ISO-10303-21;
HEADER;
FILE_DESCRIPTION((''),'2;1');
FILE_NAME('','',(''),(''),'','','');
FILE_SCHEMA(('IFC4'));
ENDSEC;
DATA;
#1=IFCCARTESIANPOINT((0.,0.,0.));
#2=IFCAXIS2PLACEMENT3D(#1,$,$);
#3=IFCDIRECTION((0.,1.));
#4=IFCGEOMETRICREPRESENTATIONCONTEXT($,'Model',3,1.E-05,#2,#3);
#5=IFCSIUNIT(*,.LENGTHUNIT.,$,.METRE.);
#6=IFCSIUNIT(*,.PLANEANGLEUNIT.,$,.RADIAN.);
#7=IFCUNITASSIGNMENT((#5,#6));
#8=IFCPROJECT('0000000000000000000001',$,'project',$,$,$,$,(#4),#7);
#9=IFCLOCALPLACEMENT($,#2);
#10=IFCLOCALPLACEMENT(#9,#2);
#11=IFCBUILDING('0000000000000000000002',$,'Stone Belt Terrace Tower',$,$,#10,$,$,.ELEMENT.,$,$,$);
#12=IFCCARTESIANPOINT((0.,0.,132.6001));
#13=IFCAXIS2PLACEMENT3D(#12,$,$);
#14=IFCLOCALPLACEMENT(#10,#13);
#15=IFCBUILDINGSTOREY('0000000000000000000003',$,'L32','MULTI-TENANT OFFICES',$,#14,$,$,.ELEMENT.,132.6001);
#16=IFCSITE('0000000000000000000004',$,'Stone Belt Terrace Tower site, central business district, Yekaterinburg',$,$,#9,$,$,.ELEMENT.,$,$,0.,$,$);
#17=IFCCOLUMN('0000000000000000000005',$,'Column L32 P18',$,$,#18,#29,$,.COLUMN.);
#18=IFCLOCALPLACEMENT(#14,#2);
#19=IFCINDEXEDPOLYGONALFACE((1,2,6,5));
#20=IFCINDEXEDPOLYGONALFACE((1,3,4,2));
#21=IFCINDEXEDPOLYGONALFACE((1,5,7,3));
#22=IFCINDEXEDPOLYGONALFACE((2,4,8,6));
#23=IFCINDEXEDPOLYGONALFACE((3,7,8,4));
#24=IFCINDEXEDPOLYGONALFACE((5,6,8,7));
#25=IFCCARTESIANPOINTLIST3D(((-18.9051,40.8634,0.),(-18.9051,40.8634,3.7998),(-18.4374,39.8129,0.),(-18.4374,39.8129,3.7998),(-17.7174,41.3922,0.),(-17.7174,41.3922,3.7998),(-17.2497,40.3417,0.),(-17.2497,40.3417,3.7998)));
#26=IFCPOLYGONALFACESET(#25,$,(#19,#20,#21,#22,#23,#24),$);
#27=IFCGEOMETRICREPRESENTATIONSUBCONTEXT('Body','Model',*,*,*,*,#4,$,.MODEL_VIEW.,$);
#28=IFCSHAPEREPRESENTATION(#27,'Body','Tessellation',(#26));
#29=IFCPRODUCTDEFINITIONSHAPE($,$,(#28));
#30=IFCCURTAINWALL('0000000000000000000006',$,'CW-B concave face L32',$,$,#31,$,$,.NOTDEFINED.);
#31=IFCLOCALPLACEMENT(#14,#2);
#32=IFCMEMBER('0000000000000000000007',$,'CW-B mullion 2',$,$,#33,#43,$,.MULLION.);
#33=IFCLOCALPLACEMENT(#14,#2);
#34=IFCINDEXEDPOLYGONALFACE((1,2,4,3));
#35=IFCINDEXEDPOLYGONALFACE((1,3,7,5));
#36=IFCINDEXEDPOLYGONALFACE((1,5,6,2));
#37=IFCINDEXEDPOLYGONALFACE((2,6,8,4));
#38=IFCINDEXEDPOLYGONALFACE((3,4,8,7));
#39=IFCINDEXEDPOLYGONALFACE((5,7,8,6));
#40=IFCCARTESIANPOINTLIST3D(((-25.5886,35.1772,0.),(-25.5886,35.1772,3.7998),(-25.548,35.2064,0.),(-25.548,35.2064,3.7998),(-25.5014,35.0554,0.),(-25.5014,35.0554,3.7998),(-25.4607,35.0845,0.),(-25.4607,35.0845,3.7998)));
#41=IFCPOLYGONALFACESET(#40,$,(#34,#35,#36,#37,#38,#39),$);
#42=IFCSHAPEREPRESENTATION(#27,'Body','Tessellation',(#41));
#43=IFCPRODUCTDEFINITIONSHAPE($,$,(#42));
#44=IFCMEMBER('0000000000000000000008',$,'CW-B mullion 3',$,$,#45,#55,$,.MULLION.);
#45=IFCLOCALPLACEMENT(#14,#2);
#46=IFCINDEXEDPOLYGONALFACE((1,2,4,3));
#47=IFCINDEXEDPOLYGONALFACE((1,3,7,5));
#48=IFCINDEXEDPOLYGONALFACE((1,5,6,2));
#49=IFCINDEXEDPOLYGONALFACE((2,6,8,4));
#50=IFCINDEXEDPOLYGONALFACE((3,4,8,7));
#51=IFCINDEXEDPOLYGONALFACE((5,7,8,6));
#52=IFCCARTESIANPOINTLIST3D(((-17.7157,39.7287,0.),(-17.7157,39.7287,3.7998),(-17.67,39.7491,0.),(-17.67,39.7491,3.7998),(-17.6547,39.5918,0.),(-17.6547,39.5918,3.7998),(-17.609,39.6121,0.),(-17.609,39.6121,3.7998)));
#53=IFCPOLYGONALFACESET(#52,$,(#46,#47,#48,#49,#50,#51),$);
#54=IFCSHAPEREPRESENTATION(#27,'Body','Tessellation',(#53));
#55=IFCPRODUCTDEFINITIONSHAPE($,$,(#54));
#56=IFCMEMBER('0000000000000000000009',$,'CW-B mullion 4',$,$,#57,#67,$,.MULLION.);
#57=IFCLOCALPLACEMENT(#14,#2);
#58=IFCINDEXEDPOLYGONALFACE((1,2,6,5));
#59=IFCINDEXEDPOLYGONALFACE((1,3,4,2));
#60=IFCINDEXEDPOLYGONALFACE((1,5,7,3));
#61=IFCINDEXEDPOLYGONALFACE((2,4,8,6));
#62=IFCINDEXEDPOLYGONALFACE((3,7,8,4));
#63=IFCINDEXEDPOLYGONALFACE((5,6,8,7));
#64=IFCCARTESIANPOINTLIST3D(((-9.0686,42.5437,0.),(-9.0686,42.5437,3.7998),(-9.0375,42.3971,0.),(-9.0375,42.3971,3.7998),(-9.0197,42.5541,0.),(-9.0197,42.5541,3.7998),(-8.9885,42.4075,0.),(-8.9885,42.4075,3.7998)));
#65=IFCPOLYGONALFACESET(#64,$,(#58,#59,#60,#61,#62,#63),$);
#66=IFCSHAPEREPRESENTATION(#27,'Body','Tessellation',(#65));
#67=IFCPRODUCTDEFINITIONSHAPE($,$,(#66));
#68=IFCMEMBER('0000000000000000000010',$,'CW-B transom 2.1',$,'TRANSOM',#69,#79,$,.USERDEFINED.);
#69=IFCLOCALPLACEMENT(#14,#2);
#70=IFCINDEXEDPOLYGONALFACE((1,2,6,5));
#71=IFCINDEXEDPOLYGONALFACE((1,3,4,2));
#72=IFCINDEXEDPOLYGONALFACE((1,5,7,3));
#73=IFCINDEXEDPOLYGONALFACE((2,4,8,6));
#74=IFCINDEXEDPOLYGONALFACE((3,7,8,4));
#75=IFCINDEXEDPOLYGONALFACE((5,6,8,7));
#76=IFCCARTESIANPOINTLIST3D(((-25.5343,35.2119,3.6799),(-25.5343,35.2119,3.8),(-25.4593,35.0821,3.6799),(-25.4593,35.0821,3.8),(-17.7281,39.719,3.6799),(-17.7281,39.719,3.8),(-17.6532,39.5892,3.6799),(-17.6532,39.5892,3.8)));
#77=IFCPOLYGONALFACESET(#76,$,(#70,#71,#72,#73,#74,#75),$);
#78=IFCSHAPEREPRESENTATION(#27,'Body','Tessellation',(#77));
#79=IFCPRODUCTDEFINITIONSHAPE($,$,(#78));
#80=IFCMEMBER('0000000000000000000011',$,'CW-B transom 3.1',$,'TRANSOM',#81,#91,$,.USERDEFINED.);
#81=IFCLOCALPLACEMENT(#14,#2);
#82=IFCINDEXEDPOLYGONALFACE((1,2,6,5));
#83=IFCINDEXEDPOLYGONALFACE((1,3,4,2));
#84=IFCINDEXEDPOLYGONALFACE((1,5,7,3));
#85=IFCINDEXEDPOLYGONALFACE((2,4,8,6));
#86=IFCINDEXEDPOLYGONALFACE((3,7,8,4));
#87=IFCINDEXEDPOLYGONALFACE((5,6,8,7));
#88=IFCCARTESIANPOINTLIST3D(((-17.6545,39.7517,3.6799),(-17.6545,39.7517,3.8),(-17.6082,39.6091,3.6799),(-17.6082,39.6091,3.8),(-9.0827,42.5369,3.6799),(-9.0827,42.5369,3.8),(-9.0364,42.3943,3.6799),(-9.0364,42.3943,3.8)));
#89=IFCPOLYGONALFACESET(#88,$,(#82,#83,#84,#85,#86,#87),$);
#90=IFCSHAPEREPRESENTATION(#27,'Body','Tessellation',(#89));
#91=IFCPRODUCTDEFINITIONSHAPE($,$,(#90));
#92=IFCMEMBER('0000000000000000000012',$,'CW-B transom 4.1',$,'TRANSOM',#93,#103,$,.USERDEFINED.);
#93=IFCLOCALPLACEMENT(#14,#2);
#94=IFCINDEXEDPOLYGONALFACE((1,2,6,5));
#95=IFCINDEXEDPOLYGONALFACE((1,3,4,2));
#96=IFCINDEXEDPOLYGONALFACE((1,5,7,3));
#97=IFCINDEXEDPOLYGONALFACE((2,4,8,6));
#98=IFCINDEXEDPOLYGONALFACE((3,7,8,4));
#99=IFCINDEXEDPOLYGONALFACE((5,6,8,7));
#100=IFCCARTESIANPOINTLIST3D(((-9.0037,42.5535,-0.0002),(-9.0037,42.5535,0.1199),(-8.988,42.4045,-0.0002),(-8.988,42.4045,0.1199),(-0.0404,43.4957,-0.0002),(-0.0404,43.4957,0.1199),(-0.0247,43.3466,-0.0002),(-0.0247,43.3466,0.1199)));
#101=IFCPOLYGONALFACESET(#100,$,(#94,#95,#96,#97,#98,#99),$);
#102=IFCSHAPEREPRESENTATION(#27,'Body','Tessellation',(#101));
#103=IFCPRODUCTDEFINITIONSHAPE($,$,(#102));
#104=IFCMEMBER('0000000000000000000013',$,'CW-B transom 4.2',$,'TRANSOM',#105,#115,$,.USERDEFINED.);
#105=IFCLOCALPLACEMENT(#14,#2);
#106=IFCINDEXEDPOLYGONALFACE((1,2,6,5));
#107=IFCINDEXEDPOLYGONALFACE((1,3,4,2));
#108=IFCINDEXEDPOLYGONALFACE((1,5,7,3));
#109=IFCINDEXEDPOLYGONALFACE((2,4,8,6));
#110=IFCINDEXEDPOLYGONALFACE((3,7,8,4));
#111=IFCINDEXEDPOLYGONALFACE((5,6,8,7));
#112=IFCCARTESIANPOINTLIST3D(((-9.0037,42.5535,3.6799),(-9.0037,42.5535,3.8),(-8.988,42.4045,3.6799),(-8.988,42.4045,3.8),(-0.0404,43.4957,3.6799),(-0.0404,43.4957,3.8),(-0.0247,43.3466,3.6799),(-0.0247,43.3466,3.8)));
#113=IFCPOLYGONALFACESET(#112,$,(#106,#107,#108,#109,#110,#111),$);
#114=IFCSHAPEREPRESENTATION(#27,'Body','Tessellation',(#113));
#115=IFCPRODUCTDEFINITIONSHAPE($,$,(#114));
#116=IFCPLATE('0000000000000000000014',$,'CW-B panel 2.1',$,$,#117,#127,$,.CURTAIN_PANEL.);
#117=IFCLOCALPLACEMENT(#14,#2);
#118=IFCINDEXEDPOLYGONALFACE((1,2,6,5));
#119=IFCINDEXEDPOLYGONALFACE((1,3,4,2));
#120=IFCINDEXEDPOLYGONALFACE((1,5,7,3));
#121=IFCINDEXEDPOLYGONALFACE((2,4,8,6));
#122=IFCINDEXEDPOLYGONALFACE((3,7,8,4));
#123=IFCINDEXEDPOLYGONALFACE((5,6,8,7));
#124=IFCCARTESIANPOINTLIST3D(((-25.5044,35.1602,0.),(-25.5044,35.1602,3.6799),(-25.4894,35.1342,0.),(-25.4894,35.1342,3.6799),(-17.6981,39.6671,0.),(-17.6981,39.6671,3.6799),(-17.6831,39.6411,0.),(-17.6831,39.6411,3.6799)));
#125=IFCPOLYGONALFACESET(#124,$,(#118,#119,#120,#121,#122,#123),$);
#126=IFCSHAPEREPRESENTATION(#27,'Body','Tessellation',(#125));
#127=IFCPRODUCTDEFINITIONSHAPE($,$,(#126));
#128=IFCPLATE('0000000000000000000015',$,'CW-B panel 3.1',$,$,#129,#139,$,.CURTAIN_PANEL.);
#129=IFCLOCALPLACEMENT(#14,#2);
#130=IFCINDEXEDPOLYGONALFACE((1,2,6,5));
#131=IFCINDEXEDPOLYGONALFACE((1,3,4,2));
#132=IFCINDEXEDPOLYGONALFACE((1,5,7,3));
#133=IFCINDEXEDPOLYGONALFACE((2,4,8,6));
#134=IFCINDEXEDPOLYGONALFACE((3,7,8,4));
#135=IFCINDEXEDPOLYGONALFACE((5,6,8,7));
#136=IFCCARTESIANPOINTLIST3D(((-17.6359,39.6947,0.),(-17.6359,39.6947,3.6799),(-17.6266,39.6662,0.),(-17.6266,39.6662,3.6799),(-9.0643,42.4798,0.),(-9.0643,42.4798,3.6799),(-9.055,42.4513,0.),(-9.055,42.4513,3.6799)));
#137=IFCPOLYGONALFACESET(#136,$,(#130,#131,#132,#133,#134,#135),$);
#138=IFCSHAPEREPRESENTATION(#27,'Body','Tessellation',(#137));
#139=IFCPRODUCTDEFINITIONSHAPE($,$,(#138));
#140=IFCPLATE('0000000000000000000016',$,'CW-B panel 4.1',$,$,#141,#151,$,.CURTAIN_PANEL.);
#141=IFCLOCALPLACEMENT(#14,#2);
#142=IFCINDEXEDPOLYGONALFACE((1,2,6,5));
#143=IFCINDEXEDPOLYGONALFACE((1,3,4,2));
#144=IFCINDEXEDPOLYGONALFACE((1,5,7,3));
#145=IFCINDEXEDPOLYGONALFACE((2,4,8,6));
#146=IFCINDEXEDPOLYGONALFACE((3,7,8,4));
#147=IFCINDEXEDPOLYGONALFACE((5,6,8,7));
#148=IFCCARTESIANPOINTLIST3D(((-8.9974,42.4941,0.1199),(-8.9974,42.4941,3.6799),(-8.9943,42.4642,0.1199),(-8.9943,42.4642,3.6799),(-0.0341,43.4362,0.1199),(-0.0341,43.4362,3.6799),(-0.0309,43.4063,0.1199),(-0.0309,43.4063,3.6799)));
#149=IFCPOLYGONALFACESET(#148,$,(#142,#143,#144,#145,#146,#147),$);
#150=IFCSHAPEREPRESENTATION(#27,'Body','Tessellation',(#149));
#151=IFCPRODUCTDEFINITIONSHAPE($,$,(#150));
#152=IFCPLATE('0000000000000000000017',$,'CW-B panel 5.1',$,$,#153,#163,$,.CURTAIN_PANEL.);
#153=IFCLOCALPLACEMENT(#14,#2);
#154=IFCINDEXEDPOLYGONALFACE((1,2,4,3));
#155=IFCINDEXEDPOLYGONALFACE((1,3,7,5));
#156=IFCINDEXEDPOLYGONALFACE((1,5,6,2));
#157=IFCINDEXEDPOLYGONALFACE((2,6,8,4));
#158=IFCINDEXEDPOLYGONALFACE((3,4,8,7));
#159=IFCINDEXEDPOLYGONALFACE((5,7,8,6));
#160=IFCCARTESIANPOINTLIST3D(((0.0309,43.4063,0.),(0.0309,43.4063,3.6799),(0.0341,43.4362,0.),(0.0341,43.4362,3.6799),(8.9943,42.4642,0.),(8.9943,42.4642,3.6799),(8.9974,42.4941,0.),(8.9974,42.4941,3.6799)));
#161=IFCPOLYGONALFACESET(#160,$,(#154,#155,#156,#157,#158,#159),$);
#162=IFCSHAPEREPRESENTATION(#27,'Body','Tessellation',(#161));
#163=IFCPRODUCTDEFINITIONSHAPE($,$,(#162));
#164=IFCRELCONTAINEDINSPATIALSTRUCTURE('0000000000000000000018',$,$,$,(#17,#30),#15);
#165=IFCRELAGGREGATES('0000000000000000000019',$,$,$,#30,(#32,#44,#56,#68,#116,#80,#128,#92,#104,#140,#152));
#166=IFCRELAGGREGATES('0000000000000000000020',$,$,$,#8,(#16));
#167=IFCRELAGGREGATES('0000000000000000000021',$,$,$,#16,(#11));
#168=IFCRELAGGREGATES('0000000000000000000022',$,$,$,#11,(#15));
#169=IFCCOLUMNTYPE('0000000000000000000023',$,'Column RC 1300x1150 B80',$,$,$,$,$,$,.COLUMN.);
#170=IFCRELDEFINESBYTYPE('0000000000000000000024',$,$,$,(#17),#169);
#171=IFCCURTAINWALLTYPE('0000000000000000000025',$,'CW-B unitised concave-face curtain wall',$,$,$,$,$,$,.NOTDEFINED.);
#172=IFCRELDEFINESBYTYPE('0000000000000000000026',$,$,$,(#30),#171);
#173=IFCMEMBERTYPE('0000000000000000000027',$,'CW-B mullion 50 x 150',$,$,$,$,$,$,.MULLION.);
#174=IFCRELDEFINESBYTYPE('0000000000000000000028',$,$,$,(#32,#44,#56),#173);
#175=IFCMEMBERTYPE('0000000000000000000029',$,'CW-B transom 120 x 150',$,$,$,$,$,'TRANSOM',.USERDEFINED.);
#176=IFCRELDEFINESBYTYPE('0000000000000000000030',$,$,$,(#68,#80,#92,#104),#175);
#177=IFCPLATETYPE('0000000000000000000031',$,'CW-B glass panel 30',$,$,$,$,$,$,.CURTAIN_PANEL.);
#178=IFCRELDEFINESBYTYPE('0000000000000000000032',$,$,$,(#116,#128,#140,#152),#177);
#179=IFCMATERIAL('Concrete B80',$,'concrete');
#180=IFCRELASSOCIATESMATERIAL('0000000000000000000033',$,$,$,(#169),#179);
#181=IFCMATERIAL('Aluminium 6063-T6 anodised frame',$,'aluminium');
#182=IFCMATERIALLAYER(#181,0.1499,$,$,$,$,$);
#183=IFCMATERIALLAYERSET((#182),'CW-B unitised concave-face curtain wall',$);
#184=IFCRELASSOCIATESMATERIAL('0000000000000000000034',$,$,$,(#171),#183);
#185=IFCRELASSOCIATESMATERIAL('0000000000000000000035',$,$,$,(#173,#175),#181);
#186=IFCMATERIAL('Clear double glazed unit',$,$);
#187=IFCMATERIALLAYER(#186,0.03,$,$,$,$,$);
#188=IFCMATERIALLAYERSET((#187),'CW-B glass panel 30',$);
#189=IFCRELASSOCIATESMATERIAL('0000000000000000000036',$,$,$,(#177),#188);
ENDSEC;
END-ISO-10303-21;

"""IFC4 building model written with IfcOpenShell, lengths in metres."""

from ifc_helpers import new_model, si_unit, direction, frame, origin, origin_2d, place, context, subcontext, project, spatial, rectangle, extrude, material, layer, layer_set, material_profile, profile_set, type_object, element, aggregate, save


model = new_model("IFC4")

# Units and contexts
model_context = context("Model", 3, precision=1e-05, world=origin(), true_north=direction((0.0, 1.0)))
body_context = subcontext(model_context, "Body", "Model", "MODEL_VIEW")
ifc_project = project(units=[si_unit("LENGTHUNIT", "METRE"), si_unit("PLANEANGLEUNIT", "RADIAN")], contexts=[model_context])

# Site, building, storey
site_placement = place(None, origin())
site = spatial("IfcSite", under=ifc_project, at=site_placement, Name="Stone Belt Terrace Tower site, central business district, Yekaterinburg", CompositionType="ELEMENT", RefElevation=0.0)
building_placement = place(site_placement, origin())
building = spatial("IfcBuilding", under=site, at=building_placement, Name="Stone Belt Terrace Tower", CompositionType="ELEMENT")
storey_placement = place(building_placement, frame((0.0, 0.0, 132.6001)))
storey = spatial("IfcBuildingStorey", under=building, at=storey_placement, Name="L32", Description="MULTI-TENANT OFFICES", CompositionType="ELEMENT", Elevation=132.6001)

# Column
ifc_material_1 = material(Name="Concrete B80", Category="concrete")
ifc_material_profile_1 = material_profile(ifc_material_1, rectangle(XDim=1.3, YDim=1.1499, at=origin_2d()), Name="RC 1300x1150")
ifc_profile_set_1 = profile_set([ifc_material_profile_1], Name="Concrete B80")
column_type = type_object("IfcColumnType", Name="Column RC 1300x1150 B80", PredefinedType="COLUMN", material=ifc_profile_set_1)
column_placement = place(storey_placement, frame((-18.0774, 40.6025, 0.0), z_axis=(0.0, 0.0, 1.0), x_axis=(0.913545, 0.406737, 0.0)))
element("IfcColumn", 1, at=column_placement, inside=storey, type_object=column_type, Name="Column L32 P18", PredefinedType="COLUMN", context=body_context, shape_type="SweptSolid", body=[
    extrude(rectangle(XDim=1.3, YDim=1.1499, at=origin_2d()), origin(), (0.0, 0.0, 1.0), 3.7998),
])

# Curtain wall, members, plates
ifc_material_2 = material(Name="Aluminium 6063-T6 anodised frame", Category="aluminium")
ifc_layer_1 = layer(ifc_material_2, 0.1499)
ifc_layer_set_1 = layer_set([ifc_layer_1], Name="CW-B unitised concave-face curtain wall")
curtain_wall_type = type_object("IfcCurtainWallType", Name="CW-B unitised concave-face curtain wall", PredefinedType="NOTDEFINED", material=ifc_layer_set_1)
curtain_wall_placement = place(storey_placement, origin())
curtain_wall = element("IfcCurtainWall", 2, at=curtain_wall_placement, inside=storey, type_object=curtain_wall_type, Name="CW-B concave face L32", PredefinedType="NOTDEFINED")
ifc_material_profile_2 = material_profile(ifc_material_2, rectangle(XDim=0.1499, YDim=0.05, at=origin_2d()), Name="Aluminium 6063-T6 50x150")
ifc_profile_set_2 = profile_set([ifc_material_profile_2], Name="Aluminium 6063-T6 anodised frame")
member_type_1 = type_object("IfcMemberType", Name="CW-B mullion 50 x 150", PredefinedType="MULLION", material=ifc_profile_set_2)
member_1_placement = place(storey_placement, frame((-25.5247, 35.1309, 0.0), z_axis=(0.0, 0.0, 1.0), x_axis=(-0.582342, 0.812944, 0.0)))
member_1 = element("IfcMember", 3, at=member_1_placement, type_object=member_type_1, Name="CW-B mullion 2", PredefinedType="MULLION", context=body_context, shape_type="SweptSolid", body=[
    extrude(rectangle(XDim=0.1499, YDim=0.05, at=origin_2d()), origin(), (0.0, 0.0, 1.0), 3.7998),
])
member_2_placement = place(storey_placement, frame((-17.6624, 39.6704, 0.0), z_axis=(0.0, 0.0, 1.0), x_axis=(-0.406737, 0.913545, 0.0)))
member_2 = element("IfcMember", 4, at=member_2_placement, type_object=member_type_1, Name="CW-B mullion 3", PredefinedType="MULLION", context=body_context, shape_type="SweptSolid", body=[
    extrude(rectangle(XDim=0.1499, YDim=0.05, at=origin_2d()), origin(), (0.0, 0.0, 1.0), 3.7998),
])
member_3_placement = place(storey_placement, frame((-9.0286, 42.4756, 0.0), z_axis=(0.0, 0.0, 1.0), x_axis=(-0.207912, 0.978148, 0.0)))
member_3 = element("IfcMember", 5, at=member_3_placement, type_object=member_type_1, Name="CW-B mullion 4", PredefinedType="MULLION", context=body_context, shape_type="SweptSolid", body=[
    extrude(rectangle(XDim=0.1499, YDim=0.05, at=origin_2d()), origin(), (0.0, 0.0, 1.0), 3.7998),
])
ifc_material_profile_3 = material_profile(ifc_material_2, rectangle(XDim=0.1499, YDim=0.1201, at=origin_2d()), Name="Aluminium 6063-T6 150x120")
ifc_profile_set_3 = profile_set([ifc_material_profile_3], Name="Aluminium 6063-T6 anodised frame")
member_type_2 = type_object("IfcMemberType", Name="CW-B transom 120 x 150", ElementType="TRANSOM", PredefinedType="USERDEFINED", material=ifc_profile_set_3)
member_4_placement = place(storey_placement, frame((-25.4968, 35.147, 3.74), z_axis=(0.866016, 0.500016, 0.0), x_axis=(-0.500016, 0.866016, 0.0)))
member_4 = element("IfcMember", 6, at=member_4_placement, type_object=member_type_2, Name="CW-B transom 2.1", ObjectType="TRANSOM", PredefinedType="USERDEFINED", context=body_context, shape_type="SweptSolid", body=[
    extrude(rectangle(XDim=0.1499, YDim=0.1201, at=origin_2d()), origin(), (0.0, 0.0, 1.0), 9.0139),
])
member_5_placement = place(storey_placement, frame((-17.6313, 39.6804, 3.74), z_axis=(0.951056, 0.309019, 0.0), x_axis=(-0.309019, 0.951056, 0.0)))
member_5 = element("IfcMember", 7, at=member_5_placement, type_object=member_type_2, Name="CW-B transom 3.1", ObjectType="TRANSOM", PredefinedType="USERDEFINED", context=body_context, shape_type="SweptSolid", body=[
    extrude(rectangle(XDim=0.1499, YDim=0.1201, at=origin_2d()), origin(), (0.0, 0.0, 1.0), 9.0129),
])
member_6_placement = place(storey_placement, frame((-8.9958, 42.479, 0.0598), z_axis=(0.994521, 0.104534, 0.0), x_axis=(-0.104534, 0.994521, 0.0)))
member_6 = element("IfcMember", 8, at=member_6_placement, type_object=member_type_2, Name="CW-B transom 4.1", ObjectType="TRANSOM", PredefinedType="USERDEFINED", context=body_context, shape_type="SweptSolid", body=[
    extrude(rectangle(XDim=0.1499, YDim=0.1201, at=origin_2d()), origin(), (0.0, 0.0, 1.0), 9.0127),
])
member_7_placement = place(storey_placement, frame((-8.9958, 42.479, 3.74), z_axis=(0.994521, 0.104534, 0.0), x_axis=(-0.104534, 0.994521, 0.0)))
member_7 = element("IfcMember", 9, at=member_7_placement, type_object=member_type_2, Name="CW-B transom 4.2", ObjectType="TRANSOM", PredefinedType="USERDEFINED", context=body_context, shape_type="SweptSolid", body=[
    extrude(rectangle(XDim=0.1499, YDim=0.1201, at=origin_2d()), origin(), (0.0, 0.0, 1.0), 9.0127),
])
ifc_material_3 = material(Name="Clear double glazed unit")
ifc_layer_2 = layer(ifc_material_3, 0.03)
ifc_layer_set_2 = layer_set([ifc_layer_2], Name="CW-B glass panel 30")
plate_type = type_object("IfcPlateType", Name="CW-B glass panel 30", PredefinedType="CURTAIN_PANEL", material=ifc_layer_set_2)
plate_1_placement = place(storey_placement, frame((-21.5938, 37.4006, 0.0), z_axis=(0.0, 0.0, 1.0), x_axis=(0.866025, 0.5, 0.0)))
plate_1 = element("IfcPlate", 10, at=plate_1_placement, type_object=plate_type, Name="CW-B panel 2.1", PredefinedType="CURTAIN_PANEL", context=body_context, shape_type="SweptSolid", body=[
    extrude(rectangle(XDim=9.0139, YDim=0.03, at=origin_2d()), origin(), (0.0, 0.0, 1.0), 3.6799),
])
plate_2_placement = place(storey_placement, frame((-13.3455, 41.073, 0.0), z_axis=(0.0, 0.0, 1.0), x_axis=(0.951057, 0.309017, 0.0)))
plate_2 = element("IfcPlate", 11, at=plate_2_placement, type_object=plate_type, Name="CW-B panel 3.1", PredefinedType="CURTAIN_PANEL", context=body_context, shape_type="SweptSolid", body=[
    extrude(rectangle(XDim=9.0127, YDim=0.03, at=origin_2d()), origin(), (0.0, 0.0, 1.0), 3.6799),
])
plate_3_placement = place(storey_placement, frame((-4.5142, 42.9502, 0.1199), z_axis=(0.0, 0.0, 1.0), x_axis=(0.994522, 0.104528, 0.0)))
plate_3 = element("IfcPlate", 12, at=plate_3_placement, type_object=plate_type, Name="CW-B panel 4.1", PredefinedType="CURTAIN_PANEL", context=body_context, shape_type="SweptSolid", body=[
    extrude(rectangle(XDim=9.0127, YDim=0.03, at=origin_2d()), origin(), (0.0, 0.0, 1.0), 3.5601),
])
plate_4_placement = place(storey_placement, frame((4.5142, 42.9502, 0.0), z_axis=(0.0, 0.0, 1.0), x_axis=(0.994522, -0.104528, 0.0)))
plate_4 = element("IfcPlate", 13, at=plate_4_placement, type_object=plate_type, Name="CW-B panel 5.1", PredefinedType="CURTAIN_PANEL", context=body_context, shape_type="SweptSolid", body=[
    extrude(rectangle(XDim=9.0127, YDim=0.03, at=origin_2d()), origin(), (0.0, 0.0, 1.0), 3.6799),
])
aggregate(curtain_wall, [member_1, member_2, member_3, member_4, plate_1, member_5, plate_2, member_6, member_7, plate_3, plate_4])

save(model, "model.ifc")
